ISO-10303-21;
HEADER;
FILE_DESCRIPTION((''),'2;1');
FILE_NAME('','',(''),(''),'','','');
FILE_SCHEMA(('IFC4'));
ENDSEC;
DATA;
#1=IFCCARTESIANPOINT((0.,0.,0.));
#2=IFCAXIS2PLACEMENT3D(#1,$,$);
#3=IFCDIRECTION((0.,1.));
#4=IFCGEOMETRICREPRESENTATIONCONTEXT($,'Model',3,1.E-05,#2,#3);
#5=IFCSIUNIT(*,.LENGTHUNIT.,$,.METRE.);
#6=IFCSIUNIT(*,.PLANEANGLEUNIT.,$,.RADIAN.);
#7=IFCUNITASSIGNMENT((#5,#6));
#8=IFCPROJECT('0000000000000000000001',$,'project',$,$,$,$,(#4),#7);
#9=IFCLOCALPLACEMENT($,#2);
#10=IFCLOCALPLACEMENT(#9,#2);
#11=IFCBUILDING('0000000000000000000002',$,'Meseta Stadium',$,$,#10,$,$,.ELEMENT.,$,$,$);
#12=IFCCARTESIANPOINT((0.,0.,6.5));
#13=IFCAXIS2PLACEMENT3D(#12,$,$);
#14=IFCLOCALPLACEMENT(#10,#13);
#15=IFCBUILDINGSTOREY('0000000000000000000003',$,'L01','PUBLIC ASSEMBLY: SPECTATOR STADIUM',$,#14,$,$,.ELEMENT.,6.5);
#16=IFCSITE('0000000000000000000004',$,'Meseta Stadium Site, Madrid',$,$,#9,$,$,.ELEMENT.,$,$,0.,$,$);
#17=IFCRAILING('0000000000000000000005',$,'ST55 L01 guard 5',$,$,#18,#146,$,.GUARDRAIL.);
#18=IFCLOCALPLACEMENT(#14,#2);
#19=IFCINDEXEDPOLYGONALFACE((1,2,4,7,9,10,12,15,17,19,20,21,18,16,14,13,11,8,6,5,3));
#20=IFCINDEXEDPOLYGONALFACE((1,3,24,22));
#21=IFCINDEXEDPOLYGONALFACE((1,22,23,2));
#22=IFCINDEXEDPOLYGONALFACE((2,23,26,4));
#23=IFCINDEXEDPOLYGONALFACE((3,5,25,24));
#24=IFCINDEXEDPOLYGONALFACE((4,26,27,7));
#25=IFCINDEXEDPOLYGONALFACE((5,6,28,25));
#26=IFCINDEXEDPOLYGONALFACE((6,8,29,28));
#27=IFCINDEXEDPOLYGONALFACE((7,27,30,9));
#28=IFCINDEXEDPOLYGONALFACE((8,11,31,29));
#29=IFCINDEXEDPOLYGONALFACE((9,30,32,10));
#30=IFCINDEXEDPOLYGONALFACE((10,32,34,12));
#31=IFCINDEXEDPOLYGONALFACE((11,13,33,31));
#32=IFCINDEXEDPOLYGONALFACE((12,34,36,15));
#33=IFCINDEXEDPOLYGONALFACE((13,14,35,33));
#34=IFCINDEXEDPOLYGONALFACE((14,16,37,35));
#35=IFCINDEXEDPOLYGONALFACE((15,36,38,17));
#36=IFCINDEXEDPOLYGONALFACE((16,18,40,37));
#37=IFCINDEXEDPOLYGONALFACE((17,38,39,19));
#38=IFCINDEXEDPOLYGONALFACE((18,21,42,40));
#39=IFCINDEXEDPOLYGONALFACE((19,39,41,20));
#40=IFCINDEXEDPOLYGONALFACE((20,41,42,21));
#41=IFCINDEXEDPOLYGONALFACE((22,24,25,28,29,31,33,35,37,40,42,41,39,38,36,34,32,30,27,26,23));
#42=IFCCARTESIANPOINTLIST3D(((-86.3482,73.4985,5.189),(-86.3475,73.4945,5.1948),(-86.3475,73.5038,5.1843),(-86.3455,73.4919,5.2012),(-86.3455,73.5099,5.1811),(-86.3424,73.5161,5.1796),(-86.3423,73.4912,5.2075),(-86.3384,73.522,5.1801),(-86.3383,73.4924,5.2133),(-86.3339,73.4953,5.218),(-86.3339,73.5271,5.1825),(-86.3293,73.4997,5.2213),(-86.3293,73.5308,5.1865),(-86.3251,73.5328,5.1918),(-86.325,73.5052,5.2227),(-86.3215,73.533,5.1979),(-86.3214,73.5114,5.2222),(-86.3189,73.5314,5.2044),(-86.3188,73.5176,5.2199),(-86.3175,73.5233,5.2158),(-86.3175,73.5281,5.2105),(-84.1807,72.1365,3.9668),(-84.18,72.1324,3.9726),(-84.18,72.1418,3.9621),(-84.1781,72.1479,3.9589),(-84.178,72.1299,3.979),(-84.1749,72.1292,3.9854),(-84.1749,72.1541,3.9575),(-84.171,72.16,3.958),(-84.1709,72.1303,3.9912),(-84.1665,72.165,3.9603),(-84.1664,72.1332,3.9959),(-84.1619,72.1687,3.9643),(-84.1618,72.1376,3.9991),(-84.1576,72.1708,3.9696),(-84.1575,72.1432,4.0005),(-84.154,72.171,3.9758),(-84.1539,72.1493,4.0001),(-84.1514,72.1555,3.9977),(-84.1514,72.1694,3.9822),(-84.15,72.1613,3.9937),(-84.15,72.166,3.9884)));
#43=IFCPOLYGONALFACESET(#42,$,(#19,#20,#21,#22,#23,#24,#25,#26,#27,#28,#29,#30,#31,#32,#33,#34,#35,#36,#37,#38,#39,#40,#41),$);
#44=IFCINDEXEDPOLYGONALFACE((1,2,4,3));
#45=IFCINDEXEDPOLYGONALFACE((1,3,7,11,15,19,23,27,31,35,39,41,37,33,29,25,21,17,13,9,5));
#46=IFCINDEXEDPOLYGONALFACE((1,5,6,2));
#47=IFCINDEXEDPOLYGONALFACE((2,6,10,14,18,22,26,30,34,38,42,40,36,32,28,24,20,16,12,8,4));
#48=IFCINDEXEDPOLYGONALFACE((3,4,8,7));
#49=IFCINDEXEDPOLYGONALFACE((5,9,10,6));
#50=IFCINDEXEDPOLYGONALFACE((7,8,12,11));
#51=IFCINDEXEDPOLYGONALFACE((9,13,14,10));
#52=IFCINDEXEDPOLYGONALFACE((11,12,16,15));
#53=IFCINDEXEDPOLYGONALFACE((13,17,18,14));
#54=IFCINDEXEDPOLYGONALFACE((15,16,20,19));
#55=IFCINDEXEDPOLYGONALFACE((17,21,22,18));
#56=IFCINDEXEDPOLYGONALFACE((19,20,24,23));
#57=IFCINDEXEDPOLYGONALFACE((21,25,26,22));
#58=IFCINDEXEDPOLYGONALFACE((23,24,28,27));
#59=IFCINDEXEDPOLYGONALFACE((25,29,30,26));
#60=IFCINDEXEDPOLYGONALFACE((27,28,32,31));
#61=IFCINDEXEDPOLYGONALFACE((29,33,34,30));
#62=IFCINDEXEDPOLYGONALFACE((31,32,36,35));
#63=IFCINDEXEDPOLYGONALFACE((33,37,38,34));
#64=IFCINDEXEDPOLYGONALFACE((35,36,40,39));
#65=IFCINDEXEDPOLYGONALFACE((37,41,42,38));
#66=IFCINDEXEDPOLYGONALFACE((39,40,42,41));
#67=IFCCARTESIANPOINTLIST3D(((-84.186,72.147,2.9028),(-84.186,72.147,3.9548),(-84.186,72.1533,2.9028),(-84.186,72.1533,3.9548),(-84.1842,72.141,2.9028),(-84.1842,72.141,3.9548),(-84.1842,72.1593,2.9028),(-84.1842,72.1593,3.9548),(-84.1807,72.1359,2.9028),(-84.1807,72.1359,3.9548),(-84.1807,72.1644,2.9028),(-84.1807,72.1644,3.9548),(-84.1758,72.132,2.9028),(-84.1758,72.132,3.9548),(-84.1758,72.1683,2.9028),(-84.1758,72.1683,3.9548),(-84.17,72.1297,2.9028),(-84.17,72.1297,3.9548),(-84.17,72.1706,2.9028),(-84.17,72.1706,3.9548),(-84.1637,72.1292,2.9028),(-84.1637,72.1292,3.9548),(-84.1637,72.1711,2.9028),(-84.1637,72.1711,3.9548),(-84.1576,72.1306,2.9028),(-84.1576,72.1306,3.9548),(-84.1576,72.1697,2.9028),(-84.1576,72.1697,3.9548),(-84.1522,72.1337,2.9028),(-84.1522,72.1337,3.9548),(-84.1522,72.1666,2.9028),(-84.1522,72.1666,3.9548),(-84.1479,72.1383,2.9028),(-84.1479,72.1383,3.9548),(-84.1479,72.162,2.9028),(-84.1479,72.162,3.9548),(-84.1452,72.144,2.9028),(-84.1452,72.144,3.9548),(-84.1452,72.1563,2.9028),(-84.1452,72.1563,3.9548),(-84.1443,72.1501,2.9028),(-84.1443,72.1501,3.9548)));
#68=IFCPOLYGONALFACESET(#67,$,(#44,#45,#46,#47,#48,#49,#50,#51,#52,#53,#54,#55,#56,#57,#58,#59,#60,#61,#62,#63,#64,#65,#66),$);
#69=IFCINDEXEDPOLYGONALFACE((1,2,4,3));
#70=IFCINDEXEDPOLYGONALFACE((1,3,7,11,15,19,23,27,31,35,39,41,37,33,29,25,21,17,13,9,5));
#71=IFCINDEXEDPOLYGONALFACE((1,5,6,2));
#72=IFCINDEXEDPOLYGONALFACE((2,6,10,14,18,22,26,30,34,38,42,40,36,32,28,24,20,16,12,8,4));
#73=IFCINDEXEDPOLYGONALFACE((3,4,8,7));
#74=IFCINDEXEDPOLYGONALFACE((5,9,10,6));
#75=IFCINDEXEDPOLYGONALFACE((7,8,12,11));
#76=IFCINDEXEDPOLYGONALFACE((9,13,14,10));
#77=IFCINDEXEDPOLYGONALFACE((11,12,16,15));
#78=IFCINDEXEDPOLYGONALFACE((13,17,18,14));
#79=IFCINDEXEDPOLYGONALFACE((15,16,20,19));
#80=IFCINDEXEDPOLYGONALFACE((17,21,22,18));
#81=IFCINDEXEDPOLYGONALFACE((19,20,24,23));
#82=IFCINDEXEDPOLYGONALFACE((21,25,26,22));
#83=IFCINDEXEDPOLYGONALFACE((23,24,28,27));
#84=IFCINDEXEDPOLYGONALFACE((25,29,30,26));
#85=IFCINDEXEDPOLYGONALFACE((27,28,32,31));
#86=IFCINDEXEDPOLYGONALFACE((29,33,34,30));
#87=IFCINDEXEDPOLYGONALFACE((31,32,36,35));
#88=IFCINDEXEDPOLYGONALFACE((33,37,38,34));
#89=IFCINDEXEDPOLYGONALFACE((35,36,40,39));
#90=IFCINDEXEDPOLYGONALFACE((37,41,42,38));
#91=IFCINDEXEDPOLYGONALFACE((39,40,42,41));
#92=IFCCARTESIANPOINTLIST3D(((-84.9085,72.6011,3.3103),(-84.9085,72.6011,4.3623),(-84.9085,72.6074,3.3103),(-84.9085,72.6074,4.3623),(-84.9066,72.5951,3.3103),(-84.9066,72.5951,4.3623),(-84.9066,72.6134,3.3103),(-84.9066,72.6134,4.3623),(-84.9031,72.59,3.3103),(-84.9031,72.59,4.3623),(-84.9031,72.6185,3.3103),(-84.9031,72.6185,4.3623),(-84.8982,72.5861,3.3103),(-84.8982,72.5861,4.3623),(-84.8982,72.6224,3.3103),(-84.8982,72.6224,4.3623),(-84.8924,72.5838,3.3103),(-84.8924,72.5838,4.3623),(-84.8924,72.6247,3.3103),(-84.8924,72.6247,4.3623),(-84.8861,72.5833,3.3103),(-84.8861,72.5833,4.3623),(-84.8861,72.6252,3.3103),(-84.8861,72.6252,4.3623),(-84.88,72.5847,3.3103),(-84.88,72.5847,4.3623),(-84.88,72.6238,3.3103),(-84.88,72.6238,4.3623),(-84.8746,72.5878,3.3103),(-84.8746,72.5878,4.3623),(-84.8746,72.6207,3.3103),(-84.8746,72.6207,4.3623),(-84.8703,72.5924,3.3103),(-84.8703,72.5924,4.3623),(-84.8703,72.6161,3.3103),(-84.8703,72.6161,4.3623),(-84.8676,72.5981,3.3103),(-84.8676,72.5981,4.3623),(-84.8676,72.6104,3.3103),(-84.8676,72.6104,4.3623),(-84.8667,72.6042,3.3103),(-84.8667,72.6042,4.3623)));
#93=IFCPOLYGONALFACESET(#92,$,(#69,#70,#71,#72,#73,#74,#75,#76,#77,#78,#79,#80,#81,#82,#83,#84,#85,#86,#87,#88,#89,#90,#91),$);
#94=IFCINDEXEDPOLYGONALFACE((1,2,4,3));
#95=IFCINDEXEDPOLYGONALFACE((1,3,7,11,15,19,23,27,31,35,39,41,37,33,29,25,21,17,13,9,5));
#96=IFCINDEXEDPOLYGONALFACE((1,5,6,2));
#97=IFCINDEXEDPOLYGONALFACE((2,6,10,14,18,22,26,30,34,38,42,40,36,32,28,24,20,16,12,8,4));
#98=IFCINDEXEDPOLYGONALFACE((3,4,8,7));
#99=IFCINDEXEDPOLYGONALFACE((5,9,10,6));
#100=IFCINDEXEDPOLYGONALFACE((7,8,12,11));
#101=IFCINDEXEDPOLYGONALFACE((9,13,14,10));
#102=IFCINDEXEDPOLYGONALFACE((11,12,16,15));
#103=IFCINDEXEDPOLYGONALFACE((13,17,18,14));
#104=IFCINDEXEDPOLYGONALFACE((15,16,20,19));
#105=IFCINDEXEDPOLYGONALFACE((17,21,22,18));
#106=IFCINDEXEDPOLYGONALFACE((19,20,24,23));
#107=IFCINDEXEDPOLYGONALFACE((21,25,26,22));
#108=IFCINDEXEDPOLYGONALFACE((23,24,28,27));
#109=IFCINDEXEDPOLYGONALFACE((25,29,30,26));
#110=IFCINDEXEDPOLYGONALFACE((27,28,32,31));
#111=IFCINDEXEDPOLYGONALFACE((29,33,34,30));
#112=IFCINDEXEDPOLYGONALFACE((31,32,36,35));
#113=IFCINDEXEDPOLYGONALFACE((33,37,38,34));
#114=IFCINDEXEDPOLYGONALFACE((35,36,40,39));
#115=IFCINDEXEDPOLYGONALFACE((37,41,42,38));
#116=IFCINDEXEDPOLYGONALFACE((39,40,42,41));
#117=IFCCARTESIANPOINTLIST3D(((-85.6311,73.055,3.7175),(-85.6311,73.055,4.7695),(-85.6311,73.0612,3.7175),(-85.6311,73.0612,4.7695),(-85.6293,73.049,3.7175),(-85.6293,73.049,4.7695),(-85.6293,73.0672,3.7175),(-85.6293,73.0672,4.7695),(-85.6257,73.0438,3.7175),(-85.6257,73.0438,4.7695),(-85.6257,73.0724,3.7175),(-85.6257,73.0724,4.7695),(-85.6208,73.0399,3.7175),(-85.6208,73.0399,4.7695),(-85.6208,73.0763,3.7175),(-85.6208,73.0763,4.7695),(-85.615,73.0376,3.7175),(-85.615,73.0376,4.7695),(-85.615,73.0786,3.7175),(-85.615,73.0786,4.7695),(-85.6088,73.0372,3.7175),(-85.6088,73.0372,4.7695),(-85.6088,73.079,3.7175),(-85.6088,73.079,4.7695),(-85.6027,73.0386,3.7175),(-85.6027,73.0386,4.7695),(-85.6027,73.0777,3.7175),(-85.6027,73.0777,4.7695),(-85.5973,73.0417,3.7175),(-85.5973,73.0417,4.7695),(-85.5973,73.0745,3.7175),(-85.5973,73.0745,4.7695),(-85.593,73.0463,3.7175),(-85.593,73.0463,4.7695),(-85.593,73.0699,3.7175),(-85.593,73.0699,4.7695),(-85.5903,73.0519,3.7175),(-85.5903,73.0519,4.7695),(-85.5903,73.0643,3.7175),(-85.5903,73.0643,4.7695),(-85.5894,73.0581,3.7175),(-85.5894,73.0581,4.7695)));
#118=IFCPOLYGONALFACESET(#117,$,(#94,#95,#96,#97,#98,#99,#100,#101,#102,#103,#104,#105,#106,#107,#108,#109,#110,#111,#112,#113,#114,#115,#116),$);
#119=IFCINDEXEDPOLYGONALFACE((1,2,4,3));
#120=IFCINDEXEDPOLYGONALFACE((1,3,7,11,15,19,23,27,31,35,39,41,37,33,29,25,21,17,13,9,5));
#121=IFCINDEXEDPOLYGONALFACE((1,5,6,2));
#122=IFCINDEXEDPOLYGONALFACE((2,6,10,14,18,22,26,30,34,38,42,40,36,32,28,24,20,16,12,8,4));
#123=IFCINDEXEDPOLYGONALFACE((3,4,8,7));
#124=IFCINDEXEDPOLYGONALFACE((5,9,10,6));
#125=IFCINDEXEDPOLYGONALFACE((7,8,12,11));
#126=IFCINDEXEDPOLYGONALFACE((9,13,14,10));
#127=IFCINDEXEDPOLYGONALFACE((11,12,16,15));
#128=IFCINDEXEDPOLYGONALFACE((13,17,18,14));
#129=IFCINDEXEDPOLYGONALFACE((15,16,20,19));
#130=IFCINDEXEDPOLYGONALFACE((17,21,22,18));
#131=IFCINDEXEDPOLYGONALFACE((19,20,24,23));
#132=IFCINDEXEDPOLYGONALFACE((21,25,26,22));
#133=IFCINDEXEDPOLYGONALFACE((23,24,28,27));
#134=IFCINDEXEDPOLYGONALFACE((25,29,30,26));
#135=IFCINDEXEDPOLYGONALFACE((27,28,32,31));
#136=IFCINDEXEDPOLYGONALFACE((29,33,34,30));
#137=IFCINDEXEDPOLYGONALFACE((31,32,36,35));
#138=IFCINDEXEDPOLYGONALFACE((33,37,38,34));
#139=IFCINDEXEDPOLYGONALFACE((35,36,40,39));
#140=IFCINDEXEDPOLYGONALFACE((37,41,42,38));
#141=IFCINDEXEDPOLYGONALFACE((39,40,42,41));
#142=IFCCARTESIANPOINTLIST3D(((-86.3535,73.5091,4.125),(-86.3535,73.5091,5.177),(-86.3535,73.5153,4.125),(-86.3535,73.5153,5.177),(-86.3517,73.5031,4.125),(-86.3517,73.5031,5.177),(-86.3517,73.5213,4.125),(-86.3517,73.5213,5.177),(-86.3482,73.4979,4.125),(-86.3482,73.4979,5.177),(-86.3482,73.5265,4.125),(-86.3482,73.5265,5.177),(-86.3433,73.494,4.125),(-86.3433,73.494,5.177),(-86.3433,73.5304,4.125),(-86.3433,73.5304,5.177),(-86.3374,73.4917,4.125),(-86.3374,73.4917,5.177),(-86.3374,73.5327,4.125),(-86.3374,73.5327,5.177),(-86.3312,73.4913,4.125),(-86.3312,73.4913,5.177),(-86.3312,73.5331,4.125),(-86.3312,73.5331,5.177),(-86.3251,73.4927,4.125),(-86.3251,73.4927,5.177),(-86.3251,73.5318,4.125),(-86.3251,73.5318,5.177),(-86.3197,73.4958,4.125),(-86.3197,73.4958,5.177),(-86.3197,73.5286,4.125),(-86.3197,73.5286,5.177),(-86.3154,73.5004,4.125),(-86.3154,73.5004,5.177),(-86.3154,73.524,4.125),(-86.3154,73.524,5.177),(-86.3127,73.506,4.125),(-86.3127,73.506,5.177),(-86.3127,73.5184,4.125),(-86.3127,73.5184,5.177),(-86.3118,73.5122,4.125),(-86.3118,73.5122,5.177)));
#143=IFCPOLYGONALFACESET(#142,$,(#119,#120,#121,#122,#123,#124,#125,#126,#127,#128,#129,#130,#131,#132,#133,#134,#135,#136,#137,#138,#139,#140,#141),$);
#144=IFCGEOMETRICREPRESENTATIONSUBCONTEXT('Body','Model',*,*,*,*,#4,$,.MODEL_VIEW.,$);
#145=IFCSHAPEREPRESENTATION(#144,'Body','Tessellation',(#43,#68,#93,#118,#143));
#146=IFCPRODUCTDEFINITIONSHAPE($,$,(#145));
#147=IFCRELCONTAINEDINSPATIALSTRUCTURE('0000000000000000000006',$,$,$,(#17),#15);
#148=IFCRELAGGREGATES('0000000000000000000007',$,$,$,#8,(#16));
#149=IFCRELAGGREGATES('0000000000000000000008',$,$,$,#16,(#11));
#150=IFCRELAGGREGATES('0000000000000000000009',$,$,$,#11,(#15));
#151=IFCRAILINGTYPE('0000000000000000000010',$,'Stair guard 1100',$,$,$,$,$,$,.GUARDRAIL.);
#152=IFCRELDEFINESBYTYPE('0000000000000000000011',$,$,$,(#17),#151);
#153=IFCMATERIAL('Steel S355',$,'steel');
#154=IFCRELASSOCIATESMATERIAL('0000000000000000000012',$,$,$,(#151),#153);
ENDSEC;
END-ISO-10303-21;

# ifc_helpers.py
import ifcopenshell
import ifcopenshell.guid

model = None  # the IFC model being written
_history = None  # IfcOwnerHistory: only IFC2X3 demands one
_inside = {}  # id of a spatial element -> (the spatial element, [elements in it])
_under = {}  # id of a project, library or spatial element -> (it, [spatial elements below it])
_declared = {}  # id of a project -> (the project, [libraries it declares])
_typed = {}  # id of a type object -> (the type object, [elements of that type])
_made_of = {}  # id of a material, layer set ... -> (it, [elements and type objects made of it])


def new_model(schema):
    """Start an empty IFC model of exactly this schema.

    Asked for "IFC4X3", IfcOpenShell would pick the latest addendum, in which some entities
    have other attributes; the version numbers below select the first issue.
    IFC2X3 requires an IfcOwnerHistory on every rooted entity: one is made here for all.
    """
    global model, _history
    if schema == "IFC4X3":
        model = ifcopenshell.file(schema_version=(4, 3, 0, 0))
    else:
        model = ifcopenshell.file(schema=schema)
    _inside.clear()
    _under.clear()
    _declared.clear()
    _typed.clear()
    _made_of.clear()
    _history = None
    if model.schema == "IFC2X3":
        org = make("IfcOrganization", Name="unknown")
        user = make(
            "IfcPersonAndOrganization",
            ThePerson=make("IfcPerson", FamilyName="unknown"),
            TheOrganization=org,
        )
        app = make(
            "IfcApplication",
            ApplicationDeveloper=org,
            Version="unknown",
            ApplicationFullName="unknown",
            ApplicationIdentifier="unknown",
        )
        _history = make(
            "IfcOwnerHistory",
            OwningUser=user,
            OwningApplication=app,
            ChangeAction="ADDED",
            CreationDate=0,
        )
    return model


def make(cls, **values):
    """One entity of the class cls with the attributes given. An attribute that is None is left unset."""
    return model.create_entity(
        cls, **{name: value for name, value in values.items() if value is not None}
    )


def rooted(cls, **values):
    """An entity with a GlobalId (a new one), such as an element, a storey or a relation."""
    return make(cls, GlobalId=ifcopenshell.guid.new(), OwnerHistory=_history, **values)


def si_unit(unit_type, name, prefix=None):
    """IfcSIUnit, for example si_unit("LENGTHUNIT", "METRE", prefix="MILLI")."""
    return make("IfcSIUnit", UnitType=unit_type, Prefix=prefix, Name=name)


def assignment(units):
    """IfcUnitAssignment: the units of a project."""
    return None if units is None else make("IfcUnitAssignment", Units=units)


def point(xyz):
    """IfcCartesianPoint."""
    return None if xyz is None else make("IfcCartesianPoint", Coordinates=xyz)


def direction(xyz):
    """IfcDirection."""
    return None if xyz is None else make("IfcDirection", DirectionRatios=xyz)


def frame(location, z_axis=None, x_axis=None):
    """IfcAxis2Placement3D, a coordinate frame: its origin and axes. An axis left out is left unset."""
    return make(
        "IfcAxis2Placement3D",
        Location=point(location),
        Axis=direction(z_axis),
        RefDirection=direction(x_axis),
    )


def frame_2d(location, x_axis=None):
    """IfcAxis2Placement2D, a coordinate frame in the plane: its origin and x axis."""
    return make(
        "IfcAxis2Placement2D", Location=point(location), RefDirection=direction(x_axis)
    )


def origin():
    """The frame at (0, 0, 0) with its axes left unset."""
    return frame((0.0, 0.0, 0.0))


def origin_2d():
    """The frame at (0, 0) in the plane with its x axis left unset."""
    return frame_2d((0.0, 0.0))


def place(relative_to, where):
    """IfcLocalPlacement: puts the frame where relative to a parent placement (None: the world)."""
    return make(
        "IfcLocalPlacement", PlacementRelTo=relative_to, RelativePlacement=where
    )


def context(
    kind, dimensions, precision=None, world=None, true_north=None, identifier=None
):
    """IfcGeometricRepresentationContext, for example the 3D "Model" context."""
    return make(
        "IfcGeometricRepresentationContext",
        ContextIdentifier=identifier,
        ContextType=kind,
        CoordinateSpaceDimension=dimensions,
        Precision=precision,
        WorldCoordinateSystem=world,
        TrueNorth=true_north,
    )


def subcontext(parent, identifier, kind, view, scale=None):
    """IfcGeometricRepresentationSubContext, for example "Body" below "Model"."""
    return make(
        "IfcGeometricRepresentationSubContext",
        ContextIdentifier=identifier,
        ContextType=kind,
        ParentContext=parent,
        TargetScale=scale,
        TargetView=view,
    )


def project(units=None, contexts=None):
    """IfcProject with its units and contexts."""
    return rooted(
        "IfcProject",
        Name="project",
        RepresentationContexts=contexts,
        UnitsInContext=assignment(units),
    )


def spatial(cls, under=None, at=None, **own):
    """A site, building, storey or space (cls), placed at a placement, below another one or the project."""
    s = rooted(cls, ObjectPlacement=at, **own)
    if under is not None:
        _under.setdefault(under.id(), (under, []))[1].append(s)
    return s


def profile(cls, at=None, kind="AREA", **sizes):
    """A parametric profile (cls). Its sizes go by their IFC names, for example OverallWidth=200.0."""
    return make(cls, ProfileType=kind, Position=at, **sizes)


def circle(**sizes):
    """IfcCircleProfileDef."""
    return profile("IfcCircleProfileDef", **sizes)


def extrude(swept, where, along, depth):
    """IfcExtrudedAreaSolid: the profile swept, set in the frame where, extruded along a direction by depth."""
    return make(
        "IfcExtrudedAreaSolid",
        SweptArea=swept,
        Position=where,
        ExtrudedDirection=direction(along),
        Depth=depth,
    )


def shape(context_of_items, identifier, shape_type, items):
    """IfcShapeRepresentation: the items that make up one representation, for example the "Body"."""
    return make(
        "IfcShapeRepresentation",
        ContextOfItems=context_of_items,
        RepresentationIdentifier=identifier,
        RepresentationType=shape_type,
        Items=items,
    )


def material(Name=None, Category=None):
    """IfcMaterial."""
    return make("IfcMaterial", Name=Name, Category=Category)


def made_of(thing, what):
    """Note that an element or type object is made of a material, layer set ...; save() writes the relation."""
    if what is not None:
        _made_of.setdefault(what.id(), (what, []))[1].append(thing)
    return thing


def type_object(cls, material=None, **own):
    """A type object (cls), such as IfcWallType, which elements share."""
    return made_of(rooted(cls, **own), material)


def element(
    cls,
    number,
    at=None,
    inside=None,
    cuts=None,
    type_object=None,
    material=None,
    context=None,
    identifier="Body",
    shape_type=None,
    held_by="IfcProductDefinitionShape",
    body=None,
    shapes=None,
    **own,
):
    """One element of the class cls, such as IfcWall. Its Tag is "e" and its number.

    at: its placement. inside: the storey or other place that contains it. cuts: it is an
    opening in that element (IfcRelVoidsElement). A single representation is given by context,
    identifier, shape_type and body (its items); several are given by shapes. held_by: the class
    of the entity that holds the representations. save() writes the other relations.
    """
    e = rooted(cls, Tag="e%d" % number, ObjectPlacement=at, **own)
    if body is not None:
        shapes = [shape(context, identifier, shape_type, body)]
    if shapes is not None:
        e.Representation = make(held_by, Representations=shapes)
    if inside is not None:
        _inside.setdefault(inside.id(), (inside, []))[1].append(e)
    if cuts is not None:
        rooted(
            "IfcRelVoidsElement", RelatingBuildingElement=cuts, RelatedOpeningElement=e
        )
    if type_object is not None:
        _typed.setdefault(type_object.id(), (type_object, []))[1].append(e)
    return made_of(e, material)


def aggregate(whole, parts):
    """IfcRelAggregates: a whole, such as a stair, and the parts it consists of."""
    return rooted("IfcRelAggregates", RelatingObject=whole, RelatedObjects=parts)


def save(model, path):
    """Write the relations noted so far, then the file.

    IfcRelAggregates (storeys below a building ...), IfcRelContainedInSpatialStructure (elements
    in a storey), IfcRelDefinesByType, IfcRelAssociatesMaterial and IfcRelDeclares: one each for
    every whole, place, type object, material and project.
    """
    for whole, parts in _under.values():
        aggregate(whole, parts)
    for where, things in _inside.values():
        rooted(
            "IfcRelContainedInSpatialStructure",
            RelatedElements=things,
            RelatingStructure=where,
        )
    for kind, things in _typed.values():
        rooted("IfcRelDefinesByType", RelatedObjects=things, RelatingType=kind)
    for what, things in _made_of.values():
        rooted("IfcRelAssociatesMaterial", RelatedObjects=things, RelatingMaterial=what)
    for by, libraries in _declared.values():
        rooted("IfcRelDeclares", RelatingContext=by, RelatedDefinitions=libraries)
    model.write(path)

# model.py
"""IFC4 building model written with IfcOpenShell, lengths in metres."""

from ifc_helpers import new_model, si_unit, direction, frame, origin, origin_2d, place, context, subcontext, project, spatial, circle, extrude, material, type_object, element, save


model = new_model("IFC4")

# Units and contexts
model_context = context("Model", 3, precision=1e-05, world=origin(), true_north=direction((0.0, 1.0)))
body_context = subcontext(model_context, "Body", "Model", "MODEL_VIEW")
ifc_project = project(units=[si_unit("LENGTHUNIT", "METRE"), si_unit("PLANEANGLEUNIT", "RADIAN")], contexts=[model_context])

# Site, building, storey
site_placement = place(None, origin())
site = spatial("IfcSite", under=ifc_project, at=site_placement, Name="Meseta Stadium Site, Madrid", CompositionType="ELEMENT", RefElevation=0.0)
building_placement = place(site_placement, origin())
building = spatial("IfcBuilding", under=site, at=building_placement, Name="Meseta Stadium", CompositionType="ELEMENT")
storey_placement = place(building_placement, frame((0.0, 0.0, 6.5)))
storey = spatial("IfcBuildingStorey", under=building, at=storey_placement, Name="L01", Description="PUBLIC ASSEMBLY: SPECTATOR STADIUM", CompositionType="ELEMENT", Elevation=6.5)

# Railing
ifc_material_1 = material(Name="Steel S355", Category="steel")
railing_type_1 = type_object("IfcRailingType", Name="Stair guard 1100", PredefinedType="GUARDRAIL", material=ifc_material_1)
railing_1_placement = place(storey_placement, frame((-84.1653, 72.1501, 2.9028)))
element("IfcRailing", 1, at=railing_1_placement, inside=storey, type_object=railing_type_1, Name="ST55 L01 guard 5", PredefinedType="GUARDRAIL", context=body_context, shape_type="SweptSolid", body=[
    extrude(circle(Radius=0.0239, at=origin_2d()), frame((0.0, 0.0, 1.0762), z_axis=(-0.764085, 0.480156, 0.430841), x_axis=(-0.532072, -0.846699, 0.0)), (0.0, 0.0, 1.0), 2.8367),
    extrude(circle(Radius=0.021, at=origin_2d()), origin(), (0.0, 0.0, 1.0), 1.052),
    extrude(circle(Radius=0.021, at=origin_2d()), frame((-0.7224, 0.4541, 0.4075)), (0.0, 0.0, 1.0), 1.052),
    extrude(circle(Radius=0.021, at=origin_2d()), frame((-1.4451, 0.908, 0.8147)), (0.0, 0.0, 1.0), 1.052),
    extrude(circle(Radius=0.021, at=origin_2d()), frame((-2.1675, 1.3621, 1.2222)), (0.0, 0.0, 1.0), 1.052),
])

save(model, "model.ifc")
